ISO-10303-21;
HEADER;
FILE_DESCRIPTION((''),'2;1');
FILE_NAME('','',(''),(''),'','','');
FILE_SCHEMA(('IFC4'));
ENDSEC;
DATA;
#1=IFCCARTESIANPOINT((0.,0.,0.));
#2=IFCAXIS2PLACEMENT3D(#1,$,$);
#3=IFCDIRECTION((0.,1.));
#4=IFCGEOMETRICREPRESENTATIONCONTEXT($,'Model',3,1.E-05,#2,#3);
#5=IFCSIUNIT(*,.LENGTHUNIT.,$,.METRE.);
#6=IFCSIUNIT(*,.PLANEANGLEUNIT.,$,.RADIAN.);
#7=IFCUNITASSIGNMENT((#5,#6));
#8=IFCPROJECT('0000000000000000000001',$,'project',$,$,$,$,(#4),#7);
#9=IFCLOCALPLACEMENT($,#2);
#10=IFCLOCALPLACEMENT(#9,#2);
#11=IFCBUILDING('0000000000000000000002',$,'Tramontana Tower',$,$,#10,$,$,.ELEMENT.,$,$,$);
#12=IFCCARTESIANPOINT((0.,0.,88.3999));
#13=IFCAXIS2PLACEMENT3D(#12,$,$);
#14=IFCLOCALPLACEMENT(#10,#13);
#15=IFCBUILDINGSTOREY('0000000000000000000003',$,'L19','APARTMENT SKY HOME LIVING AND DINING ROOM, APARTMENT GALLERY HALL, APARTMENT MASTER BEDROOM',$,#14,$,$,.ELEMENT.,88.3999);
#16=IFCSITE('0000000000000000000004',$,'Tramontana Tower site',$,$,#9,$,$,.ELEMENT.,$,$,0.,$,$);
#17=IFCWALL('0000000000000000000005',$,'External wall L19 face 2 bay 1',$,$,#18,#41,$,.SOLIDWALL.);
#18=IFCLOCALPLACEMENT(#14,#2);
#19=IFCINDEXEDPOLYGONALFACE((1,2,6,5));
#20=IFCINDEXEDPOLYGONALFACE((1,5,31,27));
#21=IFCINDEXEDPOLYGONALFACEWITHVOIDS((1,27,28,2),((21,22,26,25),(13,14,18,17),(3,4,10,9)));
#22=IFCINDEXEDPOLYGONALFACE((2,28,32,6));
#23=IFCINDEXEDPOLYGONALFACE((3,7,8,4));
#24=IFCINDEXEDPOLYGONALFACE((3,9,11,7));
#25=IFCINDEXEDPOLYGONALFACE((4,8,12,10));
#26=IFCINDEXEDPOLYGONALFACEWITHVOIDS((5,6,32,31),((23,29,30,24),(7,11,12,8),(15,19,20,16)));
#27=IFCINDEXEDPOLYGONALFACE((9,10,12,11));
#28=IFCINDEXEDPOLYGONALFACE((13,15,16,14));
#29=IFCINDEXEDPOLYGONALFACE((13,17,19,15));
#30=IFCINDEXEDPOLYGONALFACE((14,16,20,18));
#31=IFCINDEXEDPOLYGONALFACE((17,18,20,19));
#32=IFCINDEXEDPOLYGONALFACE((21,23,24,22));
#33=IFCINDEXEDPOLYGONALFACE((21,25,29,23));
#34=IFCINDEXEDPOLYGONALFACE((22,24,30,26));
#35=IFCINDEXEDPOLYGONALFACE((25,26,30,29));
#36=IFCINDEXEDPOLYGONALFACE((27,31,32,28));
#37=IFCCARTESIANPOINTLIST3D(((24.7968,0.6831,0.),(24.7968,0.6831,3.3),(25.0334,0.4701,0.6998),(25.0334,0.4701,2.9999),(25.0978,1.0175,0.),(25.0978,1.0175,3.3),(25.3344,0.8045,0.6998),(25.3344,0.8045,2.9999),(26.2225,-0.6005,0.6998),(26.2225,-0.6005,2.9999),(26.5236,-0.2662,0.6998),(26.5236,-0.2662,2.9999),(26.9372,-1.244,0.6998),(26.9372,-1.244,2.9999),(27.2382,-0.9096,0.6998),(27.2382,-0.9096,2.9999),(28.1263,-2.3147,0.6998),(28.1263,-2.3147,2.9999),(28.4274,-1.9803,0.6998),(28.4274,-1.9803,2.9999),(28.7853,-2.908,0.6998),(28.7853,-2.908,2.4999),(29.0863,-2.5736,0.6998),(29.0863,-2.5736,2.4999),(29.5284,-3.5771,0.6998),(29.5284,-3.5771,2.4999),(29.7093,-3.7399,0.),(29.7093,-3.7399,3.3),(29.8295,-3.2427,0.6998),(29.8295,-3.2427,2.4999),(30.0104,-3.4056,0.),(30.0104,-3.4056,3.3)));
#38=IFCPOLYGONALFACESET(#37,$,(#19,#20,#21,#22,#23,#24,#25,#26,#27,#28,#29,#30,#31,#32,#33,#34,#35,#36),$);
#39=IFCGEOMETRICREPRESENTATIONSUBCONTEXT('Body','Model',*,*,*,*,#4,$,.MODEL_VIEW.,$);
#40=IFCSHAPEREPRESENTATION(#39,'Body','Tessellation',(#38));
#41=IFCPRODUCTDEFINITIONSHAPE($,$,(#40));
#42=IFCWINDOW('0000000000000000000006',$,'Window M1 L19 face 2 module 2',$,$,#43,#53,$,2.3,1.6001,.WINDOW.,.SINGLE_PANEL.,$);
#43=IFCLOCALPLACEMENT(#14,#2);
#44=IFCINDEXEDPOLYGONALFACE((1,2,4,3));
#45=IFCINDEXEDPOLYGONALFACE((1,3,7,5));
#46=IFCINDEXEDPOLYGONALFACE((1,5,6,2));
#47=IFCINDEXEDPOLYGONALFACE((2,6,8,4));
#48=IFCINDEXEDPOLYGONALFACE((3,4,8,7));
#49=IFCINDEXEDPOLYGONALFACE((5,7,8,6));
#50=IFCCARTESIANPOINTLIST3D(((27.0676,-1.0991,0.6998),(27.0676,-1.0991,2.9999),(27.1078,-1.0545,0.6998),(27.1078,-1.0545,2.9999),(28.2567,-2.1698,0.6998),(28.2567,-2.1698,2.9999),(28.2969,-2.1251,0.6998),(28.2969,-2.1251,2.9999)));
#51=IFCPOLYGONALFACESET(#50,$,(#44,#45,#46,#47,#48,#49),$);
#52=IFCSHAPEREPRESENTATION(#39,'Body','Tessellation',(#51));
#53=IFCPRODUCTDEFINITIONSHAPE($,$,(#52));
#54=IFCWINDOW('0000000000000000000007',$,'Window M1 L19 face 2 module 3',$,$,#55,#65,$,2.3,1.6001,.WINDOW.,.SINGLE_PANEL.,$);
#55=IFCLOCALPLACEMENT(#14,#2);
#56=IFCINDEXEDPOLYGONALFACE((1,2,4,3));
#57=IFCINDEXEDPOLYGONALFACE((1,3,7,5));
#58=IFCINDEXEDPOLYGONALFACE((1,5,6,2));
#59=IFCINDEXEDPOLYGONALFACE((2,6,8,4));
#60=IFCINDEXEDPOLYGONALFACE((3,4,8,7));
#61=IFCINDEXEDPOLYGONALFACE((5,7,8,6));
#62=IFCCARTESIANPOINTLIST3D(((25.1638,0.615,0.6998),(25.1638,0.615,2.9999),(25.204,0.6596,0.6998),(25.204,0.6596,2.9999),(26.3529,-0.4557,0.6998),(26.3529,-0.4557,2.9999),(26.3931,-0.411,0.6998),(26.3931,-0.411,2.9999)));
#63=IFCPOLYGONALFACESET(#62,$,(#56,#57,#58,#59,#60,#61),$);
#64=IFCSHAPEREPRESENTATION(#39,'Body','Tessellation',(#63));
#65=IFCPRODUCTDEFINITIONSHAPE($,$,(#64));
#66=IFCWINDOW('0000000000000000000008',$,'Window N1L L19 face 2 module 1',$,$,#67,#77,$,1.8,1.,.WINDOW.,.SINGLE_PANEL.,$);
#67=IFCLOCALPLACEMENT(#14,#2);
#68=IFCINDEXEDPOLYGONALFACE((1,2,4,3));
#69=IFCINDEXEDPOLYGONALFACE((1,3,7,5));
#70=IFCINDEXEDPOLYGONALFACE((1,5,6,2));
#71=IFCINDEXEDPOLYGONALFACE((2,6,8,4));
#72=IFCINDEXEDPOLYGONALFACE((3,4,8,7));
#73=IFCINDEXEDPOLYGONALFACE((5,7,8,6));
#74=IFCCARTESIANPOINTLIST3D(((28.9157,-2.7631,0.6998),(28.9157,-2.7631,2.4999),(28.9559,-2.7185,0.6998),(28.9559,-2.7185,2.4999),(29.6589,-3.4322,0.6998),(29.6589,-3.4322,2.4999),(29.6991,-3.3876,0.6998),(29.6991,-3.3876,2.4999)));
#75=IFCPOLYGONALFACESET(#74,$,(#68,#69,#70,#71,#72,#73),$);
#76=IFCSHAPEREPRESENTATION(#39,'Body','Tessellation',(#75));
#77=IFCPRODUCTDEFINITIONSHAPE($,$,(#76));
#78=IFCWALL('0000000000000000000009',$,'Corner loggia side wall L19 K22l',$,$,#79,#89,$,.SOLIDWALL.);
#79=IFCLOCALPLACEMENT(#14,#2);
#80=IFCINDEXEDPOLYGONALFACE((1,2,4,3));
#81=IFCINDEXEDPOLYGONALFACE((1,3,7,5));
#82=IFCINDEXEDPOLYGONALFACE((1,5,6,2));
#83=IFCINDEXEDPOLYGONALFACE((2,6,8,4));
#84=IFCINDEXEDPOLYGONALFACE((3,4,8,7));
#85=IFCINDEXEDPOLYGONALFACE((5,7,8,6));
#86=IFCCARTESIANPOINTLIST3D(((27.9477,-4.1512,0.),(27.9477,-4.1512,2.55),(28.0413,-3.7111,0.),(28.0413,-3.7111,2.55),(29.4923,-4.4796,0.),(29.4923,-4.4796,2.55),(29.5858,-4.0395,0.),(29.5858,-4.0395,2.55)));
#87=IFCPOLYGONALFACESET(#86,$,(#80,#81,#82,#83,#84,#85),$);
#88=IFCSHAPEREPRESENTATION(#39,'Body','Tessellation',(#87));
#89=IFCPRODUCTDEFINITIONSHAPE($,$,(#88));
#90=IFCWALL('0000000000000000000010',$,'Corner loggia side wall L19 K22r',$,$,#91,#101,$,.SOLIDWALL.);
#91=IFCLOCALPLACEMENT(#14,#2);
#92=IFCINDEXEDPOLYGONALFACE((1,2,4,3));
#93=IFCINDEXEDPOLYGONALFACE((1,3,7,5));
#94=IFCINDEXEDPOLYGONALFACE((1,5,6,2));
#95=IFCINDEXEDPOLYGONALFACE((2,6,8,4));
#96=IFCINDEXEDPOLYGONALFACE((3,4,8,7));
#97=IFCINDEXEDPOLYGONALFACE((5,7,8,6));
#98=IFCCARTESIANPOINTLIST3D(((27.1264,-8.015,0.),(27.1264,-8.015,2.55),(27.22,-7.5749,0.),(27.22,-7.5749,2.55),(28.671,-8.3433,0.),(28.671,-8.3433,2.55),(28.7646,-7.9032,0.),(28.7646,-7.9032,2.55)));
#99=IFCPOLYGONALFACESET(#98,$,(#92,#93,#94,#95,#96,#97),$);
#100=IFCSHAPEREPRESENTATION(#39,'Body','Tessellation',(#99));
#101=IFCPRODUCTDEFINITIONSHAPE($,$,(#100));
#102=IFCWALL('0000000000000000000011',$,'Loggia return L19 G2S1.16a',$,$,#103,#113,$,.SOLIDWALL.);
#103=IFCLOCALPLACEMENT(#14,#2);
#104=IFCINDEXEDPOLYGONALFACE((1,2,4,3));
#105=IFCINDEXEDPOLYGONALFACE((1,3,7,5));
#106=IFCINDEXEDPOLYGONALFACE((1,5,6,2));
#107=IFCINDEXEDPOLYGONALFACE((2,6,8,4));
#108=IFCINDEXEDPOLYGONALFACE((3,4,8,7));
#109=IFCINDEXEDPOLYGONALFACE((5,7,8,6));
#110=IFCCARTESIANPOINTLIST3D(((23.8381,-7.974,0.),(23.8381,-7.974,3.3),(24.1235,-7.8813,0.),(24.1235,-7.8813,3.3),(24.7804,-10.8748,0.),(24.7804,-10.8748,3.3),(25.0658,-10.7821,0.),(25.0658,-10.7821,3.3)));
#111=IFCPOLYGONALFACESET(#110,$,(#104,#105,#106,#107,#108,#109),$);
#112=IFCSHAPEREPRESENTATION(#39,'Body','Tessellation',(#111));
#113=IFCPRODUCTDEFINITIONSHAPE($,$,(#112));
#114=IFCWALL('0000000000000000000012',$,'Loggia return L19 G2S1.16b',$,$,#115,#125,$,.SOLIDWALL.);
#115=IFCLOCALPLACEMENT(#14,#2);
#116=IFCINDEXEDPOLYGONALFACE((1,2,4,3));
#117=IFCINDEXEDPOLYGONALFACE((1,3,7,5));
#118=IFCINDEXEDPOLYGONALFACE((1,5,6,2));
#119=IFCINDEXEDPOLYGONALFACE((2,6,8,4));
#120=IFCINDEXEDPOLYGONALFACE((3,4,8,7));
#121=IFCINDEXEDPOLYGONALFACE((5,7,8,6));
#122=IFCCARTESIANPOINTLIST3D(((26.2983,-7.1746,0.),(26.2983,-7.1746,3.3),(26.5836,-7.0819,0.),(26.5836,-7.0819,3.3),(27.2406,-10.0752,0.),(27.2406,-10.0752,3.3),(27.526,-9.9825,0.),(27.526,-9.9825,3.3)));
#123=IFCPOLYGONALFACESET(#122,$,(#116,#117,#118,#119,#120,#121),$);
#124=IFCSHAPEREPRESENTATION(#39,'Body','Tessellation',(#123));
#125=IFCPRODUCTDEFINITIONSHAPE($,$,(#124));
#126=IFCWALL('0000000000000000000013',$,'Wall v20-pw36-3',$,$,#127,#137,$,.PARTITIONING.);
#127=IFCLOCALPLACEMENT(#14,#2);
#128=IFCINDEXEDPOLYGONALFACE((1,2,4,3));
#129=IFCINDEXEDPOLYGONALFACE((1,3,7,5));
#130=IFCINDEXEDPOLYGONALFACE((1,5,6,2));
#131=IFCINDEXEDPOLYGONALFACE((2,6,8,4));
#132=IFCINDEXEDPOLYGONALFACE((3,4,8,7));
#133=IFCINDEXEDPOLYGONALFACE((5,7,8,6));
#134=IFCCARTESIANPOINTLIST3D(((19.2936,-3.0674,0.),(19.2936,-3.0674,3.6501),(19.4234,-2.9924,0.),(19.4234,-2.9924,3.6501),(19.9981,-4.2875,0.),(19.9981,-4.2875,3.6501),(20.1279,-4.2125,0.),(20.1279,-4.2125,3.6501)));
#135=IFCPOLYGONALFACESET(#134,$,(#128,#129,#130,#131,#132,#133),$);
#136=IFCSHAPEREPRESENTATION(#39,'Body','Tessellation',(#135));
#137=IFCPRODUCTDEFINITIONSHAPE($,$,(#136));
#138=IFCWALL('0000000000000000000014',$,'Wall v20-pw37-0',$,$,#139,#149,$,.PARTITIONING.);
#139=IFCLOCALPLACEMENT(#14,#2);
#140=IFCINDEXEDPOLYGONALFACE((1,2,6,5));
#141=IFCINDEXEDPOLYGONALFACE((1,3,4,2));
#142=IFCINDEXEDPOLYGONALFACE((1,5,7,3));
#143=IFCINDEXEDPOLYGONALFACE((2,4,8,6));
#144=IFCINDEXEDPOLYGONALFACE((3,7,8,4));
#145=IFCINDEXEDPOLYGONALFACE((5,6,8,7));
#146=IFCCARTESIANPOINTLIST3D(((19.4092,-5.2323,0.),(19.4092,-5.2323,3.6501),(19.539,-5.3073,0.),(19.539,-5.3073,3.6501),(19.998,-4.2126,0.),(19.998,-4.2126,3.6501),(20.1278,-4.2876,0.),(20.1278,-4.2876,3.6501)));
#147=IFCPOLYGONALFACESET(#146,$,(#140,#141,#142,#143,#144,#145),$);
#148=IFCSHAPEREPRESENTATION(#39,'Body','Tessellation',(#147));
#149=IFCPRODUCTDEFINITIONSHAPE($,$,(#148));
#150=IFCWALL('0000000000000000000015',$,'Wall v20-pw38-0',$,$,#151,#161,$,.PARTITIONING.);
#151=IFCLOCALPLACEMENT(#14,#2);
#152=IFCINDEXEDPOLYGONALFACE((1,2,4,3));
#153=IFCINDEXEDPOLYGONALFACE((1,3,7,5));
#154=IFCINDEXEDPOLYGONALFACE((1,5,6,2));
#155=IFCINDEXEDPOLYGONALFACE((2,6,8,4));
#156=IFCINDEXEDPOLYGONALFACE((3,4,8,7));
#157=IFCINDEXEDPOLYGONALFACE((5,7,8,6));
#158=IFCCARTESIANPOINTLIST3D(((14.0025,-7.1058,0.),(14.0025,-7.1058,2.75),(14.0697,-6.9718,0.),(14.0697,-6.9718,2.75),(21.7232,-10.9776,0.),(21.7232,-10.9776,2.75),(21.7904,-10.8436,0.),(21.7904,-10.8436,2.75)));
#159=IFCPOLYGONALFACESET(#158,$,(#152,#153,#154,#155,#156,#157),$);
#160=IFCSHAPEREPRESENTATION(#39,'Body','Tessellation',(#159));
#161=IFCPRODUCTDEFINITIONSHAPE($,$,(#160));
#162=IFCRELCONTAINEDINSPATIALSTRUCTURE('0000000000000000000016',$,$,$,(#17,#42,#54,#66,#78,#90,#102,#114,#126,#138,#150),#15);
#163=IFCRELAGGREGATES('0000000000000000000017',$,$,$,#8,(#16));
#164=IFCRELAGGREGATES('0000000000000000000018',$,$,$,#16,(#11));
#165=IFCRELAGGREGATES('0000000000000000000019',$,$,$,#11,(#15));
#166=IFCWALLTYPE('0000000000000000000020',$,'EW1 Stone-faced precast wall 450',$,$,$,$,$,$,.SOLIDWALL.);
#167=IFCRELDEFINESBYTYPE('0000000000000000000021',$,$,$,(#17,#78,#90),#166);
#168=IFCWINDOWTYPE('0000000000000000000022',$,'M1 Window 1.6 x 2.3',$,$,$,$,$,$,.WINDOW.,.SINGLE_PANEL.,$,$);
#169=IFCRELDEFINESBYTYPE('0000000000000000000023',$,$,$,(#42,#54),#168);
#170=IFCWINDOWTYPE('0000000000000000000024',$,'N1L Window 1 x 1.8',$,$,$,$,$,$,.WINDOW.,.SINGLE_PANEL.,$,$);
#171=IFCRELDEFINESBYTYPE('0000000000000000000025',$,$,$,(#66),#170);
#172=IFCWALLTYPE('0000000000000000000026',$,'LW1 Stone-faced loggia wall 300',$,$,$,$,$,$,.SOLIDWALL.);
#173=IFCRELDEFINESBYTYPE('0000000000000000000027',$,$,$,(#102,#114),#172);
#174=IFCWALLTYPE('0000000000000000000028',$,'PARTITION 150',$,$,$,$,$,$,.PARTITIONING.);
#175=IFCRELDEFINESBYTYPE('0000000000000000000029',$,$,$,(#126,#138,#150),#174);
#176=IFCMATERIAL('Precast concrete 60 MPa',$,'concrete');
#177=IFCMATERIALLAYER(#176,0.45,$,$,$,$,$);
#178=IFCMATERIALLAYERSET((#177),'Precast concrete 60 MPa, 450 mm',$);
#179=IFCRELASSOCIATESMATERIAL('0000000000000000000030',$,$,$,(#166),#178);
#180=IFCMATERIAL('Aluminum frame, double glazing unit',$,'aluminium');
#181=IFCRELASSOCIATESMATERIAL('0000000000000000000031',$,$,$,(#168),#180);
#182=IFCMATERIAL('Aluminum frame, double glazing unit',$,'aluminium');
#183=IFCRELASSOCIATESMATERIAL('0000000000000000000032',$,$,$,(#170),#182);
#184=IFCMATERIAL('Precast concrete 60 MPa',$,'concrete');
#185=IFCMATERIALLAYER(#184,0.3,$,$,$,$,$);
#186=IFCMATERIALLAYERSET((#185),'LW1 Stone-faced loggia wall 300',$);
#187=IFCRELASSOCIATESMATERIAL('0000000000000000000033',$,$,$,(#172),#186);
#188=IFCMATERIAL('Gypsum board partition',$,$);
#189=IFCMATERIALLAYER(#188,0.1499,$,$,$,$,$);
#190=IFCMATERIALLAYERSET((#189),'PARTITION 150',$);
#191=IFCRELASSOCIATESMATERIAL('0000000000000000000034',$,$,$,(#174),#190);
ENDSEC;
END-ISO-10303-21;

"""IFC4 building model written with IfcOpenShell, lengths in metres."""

from ifc_helpers import new_model, si_unit, direction, frame, frame_2d, origin, place, context, subcontext, project, spatial, rectangle, extrude, material, layer, layer_set, type_object, element, fill, save


model = new_model("IFC4")

# Units and contexts
model_context = context("Model", 3, precision=1e-05, world=origin(), true_north=direction((0.0, 1.0)))
body_context = subcontext(model_context, "Body", "Model", "MODEL_VIEW")
ifc_project = project(units=[si_unit("LENGTHUNIT", "METRE"), si_unit("PLANEANGLEUNIT", "RADIAN")], contexts=[model_context])

# Site, building, storey
site_placement = place(None, origin())
site = spatial("IfcSite", under=ifc_project, at=site_placement, Name="Tramontana Tower site", CompositionType="ELEMENT", RefElevation=0.0)
building_placement = place(site_placement, origin())
building = spatial("IfcBuilding", under=site, at=building_placement, Name="Tramontana Tower", CompositionType="ELEMENT")
storey_placement = place(building_placement, frame((0.0, 0.0, 88.3999)))
storey = spatial("IfcBuildingStorey", under=building, at=storey_placement, Name="L19", Description="APARTMENT SKY HOME LIVING AND DINING ROOM, APARTMENT GALLERY HALL, APARTMENT MASTER BEDROOM", CompositionType="ELEMENT", Elevation=88.3999)

# Shared definitions
ifc_material_1 = material(Name="Precast concrete 60 MPa", Category="concrete")
ifc_layer_1 = layer(ifc_material_1, 0.45)
ifc_layer_set_1 = layer_set([ifc_layer_1], Name="Precast concrete 60 MPa, 450 mm")
wall_type_1 = type_object("IfcWallType", Name="EW1 Stone-faced precast wall 450", PredefinedType="SOLIDWALL", material=ifc_layer_set_1)
ifc_material_2 = material(Name="Aluminum frame, double glazing unit", Category="aluminium")
window_type_1 = type_object("IfcWindowType", Name="M1 Window 1.6 x 2.3", PartitioningType="SINGLE_PANEL", PredefinedType="WINDOW", material=ifc_material_2)
ifc_material_3 = material(Name="Aluminum frame, double glazing unit", Category="aluminium")
window_type_2 = type_object("IfcWindowType", Name="N1L Window 1 x 1.8", PartitioningType="SINGLE_PANEL", PredefinedType="WINDOW", material=ifc_material_3)

# Wall, openings, windows
wall_1_placement = place(storey_placement, frame((29.8599, -3.5728, 0.0), z_axis=(0.0, 0.0, 1.0), x_axis=(-0.743162, 0.669112, 0.0)))
wall_1 = element("IfcWall", 1, at=wall_1_placement, inside=storey, type_object=wall_type_1, Name="External wall L19 face 2 bay 1", PredefinedType="SOLIDWALL", context=body_context, shape_type="SweptSolid", body=[
    extrude(rectangle(XDim=6.6104, YDim=0.45, at=frame_2d((3.3052, 0.0))), origin(), (0.0, 0.0, 1.0), 3.3),
])
opening_1_placement = place(wall_1_placement, frame((0.2434, 0.0, 0.7)))
opening_1 = element("IfcOpeningElement", 2, at=opening_1_placement, cuts=wall_1, PredefinedType="OPENING", context=body_context, shape_type="SweptSolid", body=[
    extrude(rectangle(XDim=1.0, YDim=1.8, at=frame_2d((0.5, 0.8999))), frame((0.0, 0.2349, 0.0), z_axis=(0.0, -1.0, 0.0), x_axis=(1.0, 0.0, 0.0)), (0.0, 0.0, 1.0), 0.47),
])
opening_2_placement = place(wall_1_placement, frame((2.1301, 0.0, 0.7)))
opening_2 = element("IfcOpeningElement", 3, at=opening_2_placement, cuts=wall_1, PredefinedType="OPENING", context=body_context, shape_type="SweptSolid", body=[
    extrude(rectangle(XDim=1.6001, YDim=2.3, at=frame_2d((0.8, 1.1499))), frame((0.0, 0.2349, 0.0), z_axis=(0.0, -1.0, 0.0), x_axis=(1.0, 0.0, 0.0)), (0.0, 0.0, 1.0), 0.47),
])
opening_3_placement = place(wall_1_placement, frame((4.6919, 0.0, 0.7)))
opening_3 = element("IfcOpeningElement", 4, at=opening_3_placement, cuts=wall_1, PredefinedType="OPENING", context=body_context, shape_type="SweptSolid", body=[
    extrude(rectangle(XDim=1.6001, YDim=2.3, at=frame_2d((0.8, 1.1499))), frame((0.0, 0.2349, 0.0), z_axis=(0.0, -1.0, 0.0), x_axis=(1.0, 0.0, 0.0)), (0.0, 0.0, 1.0), 0.47),
])
window_1_placement = place(opening_2_placement, origin())
window_1 = element("IfcWindow", 5, at=window_1_placement, inside=storey, type_object=window_type_1, Name="Window M1 L19 face 2 module 2", OverallHeight=2.3, OverallWidth=1.6001, PartitioningType="SINGLE_PANEL", PredefinedType="WINDOW", context=body_context, shape_type="SweptSolid", body=[
    extrude(rectangle(XDim=1.6001, YDim=2.3, at=frame_2d((0.8, 1.1499))), frame((0.0, 0.03, 0.0), z_axis=(0.0, -1.0, 0.0), x_axis=(1.0, 0.0, 0.0)), (0.0, 0.0, 1.0), 0.0601),
])
fill(opening_2, window_1)
window_2_placement = place(opening_3_placement, origin())
window_2 = element("IfcWindow", 6, at=window_2_placement, inside=storey, type_object=window_type_1, Name="Window M1 L19 face 2 module 3", OverallHeight=2.3, OverallWidth=1.6001, PartitioningType="SINGLE_PANEL", PredefinedType="WINDOW", context=body_context, shape_type="SweptSolid", body=[
    extrude(rectangle(XDim=1.6001, YDim=2.3, at=frame_2d((0.8, 1.1499))), frame((0.0, 0.03, 0.0), z_axis=(0.0, -1.0, 0.0), x_axis=(1.0, 0.0, 0.0)), (0.0, 0.0, 1.0), 0.0601),
])
fill(opening_3, window_2)
window_3_placement = place(opening_1_placement, origin())
window_3 = element("IfcWindow", 7, at=window_3_placement, inside=storey, type_object=window_type_2, Name="Window N1L L19 face 2 module 1", OverallHeight=1.8, OverallWidth=1.0, PartitioningType="SINGLE_PANEL", PredefinedType="WINDOW", context=body_context, shape_type="SweptSolid", body=[
    extrude(rectangle(XDim=1.0, YDim=1.8, at=frame_2d((0.5, 0.8999))), frame((0.0, 0.03, 0.0), z_axis=(0.0, -1.0, 0.0), x_axis=(1.0, 0.0, 0.0)), (0.0, 0.0, 1.0), 0.0601),
])
fill(opening_1, window_3)

# Walls
for number, where, z_axis, x_axis, name in (
    (8, (29.5391, -4.2595, 0.0), (0.0, 0.0, 1.0), (-0.978143, 0.207935, 0.0), "Corner loggia side wall L19 K22l"),
    (9, (28.7178, -8.1233, 0.0), (0.0, 0.0, 1.0), (-0.978143, 0.207935, 0.0), "Corner loggia side wall L19 K22r"),
):
    element("IfcWall", number, at=place(storey_placement, frame(where, z_axis=z_axis, x_axis=x_axis)), inside=storey, type_object=wall_type_1, Name=name, PredefinedType="SOLIDWALL", context=body_context, shape_type="SweptSolid", body=[
        extrude(rectangle(XDim=1.5791, YDim=0.45, at=frame_2d((0.7896, 0.0))), origin(), (0.0, 0.0, 1.0), 2.55),
    ])

# Shared definitions
ifc_material_4 = material(Name="Precast concrete 60 MPa", Category="concrete")
ifc_layer_2 = layer(ifc_material_4, 0.3)
ifc_layer_set_2 = layer_set([ifc_layer_2], Name="LW1 Stone-faced loggia wall 300")
wall_type_2 = type_object("IfcWallType", Name="LW1 Stone-faced loggia wall 300", PredefinedType="SOLIDWALL", material=ifc_layer_set_2)

# Walls
wall_2_placement = place(storey_placement, frame((24.9231, -10.8284, 0.0), z_axis=(0.0, 0.0, 1.0), x_axis=(-0.308967, 0.951073, 0.0)))
element("IfcWall", 10, at=wall_2_placement, inside=storey, type_object=wall_type_2, Name="Loggia return L19 G2S1.16a", PredefinedType="SOLIDWALL", context=body_context, shape_type="SweptSolid", body=[
    extrude(rectangle(XDim=3.05, YDim=0.3, at=frame_2d((1.5249, 0.0))), origin(), (0.0, 0.0, 1.0), 3.3),
])
wall_3_placement = place(storey_placement, frame((27.3833, -10.0288, 0.0), z_axis=(0.0, 0.0, 1.0), x_axis=(-0.30899, 0.951065, 0.0)))
element("IfcWall", 11, at=wall_3_placement, inside=storey, type_object=wall_type_2, Name="Loggia return L19 G2S1.16b", PredefinedType="SOLIDWALL", context=body_context, shape_type="SweptSolid", body=[
    extrude(rectangle(XDim=3.0498, YDim=0.3, at=frame_2d((1.5249, 0.0))), origin(), (0.0, 0.0, 1.0), 3.3),
])
ifc_material_5 = material(Name="Gypsum board partition")
ifc_layer_3 = layer(ifc_material_5, 0.1499)
ifc_layer_set_3 = layer_set([ifc_layer_3], Name="PARTITION 150")
wall_type_3 = type_object("IfcWallType", Name="PARTITION 150", PredefinedType="PARTITIONING", material=ifc_layer_set_3)
wall_4_placement = place(storey_placement, frame((19.3584, -3.0298, 0.0), z_axis=(0.0, 0.0, 1.0), x_axis=(0.500052, -0.865995, 0.0)))
element("IfcWall", 12, at=wall_4_placement, inside=storey, type_object=wall_type_3, Name="Wall v20-pw36-3", PredefinedType="PARTITIONING", context=body_context, shape_type="SweptSolid", body=[
    extrude(rectangle(XDim=1.4089, YDim=0.1499, at=frame_2d((0.7046, 0.0))), origin(), (0.0, 0.0, 1.0), 3.6501),
])
wall_5_placement = place(storey_placement, frame((20.063, -4.25, 0.0), z_axis=(0.0, 0.0, 1.0), x_axis=(-0.500063, -0.865989, 0.0)))
element("IfcWall", 13, at=wall_5_placement, inside=storey, type_object=wall_type_3, Name="Wall v20-pw37-0", PredefinedType="PARTITIONING", context=body_context, shape_type="SweptSolid", body=[
    extrude(rectangle(XDim=1.1775, YDim=0.1499, at=frame_2d((0.5889, 0.0))), origin(), (0.0, 0.0, 1.0), 3.6501),
])

# Wall
wall_6_placement = place(storey_placement, frame((21.7568, -10.9106, 0.0), z_axis=(0.0, 0.0, 1.0), x_axis=(-0.893895, 0.448276, 0.0)))
element("IfcWall", 14, at=wall_6_placement, inside=storey, type_object=wall_type_3, Name="Wall v20-pw38-0", PredefinedType="PARTITIONING", context=body_context, shape_type="SweptSolid", body=[
    extrude(rectangle(XDim=8.6372, YDim=0.1499, at=frame_2d((4.3186, 0.0))), origin(), (0.0, 0.0, 1.0), 2.75),
])

save(model, "model.ifc")
